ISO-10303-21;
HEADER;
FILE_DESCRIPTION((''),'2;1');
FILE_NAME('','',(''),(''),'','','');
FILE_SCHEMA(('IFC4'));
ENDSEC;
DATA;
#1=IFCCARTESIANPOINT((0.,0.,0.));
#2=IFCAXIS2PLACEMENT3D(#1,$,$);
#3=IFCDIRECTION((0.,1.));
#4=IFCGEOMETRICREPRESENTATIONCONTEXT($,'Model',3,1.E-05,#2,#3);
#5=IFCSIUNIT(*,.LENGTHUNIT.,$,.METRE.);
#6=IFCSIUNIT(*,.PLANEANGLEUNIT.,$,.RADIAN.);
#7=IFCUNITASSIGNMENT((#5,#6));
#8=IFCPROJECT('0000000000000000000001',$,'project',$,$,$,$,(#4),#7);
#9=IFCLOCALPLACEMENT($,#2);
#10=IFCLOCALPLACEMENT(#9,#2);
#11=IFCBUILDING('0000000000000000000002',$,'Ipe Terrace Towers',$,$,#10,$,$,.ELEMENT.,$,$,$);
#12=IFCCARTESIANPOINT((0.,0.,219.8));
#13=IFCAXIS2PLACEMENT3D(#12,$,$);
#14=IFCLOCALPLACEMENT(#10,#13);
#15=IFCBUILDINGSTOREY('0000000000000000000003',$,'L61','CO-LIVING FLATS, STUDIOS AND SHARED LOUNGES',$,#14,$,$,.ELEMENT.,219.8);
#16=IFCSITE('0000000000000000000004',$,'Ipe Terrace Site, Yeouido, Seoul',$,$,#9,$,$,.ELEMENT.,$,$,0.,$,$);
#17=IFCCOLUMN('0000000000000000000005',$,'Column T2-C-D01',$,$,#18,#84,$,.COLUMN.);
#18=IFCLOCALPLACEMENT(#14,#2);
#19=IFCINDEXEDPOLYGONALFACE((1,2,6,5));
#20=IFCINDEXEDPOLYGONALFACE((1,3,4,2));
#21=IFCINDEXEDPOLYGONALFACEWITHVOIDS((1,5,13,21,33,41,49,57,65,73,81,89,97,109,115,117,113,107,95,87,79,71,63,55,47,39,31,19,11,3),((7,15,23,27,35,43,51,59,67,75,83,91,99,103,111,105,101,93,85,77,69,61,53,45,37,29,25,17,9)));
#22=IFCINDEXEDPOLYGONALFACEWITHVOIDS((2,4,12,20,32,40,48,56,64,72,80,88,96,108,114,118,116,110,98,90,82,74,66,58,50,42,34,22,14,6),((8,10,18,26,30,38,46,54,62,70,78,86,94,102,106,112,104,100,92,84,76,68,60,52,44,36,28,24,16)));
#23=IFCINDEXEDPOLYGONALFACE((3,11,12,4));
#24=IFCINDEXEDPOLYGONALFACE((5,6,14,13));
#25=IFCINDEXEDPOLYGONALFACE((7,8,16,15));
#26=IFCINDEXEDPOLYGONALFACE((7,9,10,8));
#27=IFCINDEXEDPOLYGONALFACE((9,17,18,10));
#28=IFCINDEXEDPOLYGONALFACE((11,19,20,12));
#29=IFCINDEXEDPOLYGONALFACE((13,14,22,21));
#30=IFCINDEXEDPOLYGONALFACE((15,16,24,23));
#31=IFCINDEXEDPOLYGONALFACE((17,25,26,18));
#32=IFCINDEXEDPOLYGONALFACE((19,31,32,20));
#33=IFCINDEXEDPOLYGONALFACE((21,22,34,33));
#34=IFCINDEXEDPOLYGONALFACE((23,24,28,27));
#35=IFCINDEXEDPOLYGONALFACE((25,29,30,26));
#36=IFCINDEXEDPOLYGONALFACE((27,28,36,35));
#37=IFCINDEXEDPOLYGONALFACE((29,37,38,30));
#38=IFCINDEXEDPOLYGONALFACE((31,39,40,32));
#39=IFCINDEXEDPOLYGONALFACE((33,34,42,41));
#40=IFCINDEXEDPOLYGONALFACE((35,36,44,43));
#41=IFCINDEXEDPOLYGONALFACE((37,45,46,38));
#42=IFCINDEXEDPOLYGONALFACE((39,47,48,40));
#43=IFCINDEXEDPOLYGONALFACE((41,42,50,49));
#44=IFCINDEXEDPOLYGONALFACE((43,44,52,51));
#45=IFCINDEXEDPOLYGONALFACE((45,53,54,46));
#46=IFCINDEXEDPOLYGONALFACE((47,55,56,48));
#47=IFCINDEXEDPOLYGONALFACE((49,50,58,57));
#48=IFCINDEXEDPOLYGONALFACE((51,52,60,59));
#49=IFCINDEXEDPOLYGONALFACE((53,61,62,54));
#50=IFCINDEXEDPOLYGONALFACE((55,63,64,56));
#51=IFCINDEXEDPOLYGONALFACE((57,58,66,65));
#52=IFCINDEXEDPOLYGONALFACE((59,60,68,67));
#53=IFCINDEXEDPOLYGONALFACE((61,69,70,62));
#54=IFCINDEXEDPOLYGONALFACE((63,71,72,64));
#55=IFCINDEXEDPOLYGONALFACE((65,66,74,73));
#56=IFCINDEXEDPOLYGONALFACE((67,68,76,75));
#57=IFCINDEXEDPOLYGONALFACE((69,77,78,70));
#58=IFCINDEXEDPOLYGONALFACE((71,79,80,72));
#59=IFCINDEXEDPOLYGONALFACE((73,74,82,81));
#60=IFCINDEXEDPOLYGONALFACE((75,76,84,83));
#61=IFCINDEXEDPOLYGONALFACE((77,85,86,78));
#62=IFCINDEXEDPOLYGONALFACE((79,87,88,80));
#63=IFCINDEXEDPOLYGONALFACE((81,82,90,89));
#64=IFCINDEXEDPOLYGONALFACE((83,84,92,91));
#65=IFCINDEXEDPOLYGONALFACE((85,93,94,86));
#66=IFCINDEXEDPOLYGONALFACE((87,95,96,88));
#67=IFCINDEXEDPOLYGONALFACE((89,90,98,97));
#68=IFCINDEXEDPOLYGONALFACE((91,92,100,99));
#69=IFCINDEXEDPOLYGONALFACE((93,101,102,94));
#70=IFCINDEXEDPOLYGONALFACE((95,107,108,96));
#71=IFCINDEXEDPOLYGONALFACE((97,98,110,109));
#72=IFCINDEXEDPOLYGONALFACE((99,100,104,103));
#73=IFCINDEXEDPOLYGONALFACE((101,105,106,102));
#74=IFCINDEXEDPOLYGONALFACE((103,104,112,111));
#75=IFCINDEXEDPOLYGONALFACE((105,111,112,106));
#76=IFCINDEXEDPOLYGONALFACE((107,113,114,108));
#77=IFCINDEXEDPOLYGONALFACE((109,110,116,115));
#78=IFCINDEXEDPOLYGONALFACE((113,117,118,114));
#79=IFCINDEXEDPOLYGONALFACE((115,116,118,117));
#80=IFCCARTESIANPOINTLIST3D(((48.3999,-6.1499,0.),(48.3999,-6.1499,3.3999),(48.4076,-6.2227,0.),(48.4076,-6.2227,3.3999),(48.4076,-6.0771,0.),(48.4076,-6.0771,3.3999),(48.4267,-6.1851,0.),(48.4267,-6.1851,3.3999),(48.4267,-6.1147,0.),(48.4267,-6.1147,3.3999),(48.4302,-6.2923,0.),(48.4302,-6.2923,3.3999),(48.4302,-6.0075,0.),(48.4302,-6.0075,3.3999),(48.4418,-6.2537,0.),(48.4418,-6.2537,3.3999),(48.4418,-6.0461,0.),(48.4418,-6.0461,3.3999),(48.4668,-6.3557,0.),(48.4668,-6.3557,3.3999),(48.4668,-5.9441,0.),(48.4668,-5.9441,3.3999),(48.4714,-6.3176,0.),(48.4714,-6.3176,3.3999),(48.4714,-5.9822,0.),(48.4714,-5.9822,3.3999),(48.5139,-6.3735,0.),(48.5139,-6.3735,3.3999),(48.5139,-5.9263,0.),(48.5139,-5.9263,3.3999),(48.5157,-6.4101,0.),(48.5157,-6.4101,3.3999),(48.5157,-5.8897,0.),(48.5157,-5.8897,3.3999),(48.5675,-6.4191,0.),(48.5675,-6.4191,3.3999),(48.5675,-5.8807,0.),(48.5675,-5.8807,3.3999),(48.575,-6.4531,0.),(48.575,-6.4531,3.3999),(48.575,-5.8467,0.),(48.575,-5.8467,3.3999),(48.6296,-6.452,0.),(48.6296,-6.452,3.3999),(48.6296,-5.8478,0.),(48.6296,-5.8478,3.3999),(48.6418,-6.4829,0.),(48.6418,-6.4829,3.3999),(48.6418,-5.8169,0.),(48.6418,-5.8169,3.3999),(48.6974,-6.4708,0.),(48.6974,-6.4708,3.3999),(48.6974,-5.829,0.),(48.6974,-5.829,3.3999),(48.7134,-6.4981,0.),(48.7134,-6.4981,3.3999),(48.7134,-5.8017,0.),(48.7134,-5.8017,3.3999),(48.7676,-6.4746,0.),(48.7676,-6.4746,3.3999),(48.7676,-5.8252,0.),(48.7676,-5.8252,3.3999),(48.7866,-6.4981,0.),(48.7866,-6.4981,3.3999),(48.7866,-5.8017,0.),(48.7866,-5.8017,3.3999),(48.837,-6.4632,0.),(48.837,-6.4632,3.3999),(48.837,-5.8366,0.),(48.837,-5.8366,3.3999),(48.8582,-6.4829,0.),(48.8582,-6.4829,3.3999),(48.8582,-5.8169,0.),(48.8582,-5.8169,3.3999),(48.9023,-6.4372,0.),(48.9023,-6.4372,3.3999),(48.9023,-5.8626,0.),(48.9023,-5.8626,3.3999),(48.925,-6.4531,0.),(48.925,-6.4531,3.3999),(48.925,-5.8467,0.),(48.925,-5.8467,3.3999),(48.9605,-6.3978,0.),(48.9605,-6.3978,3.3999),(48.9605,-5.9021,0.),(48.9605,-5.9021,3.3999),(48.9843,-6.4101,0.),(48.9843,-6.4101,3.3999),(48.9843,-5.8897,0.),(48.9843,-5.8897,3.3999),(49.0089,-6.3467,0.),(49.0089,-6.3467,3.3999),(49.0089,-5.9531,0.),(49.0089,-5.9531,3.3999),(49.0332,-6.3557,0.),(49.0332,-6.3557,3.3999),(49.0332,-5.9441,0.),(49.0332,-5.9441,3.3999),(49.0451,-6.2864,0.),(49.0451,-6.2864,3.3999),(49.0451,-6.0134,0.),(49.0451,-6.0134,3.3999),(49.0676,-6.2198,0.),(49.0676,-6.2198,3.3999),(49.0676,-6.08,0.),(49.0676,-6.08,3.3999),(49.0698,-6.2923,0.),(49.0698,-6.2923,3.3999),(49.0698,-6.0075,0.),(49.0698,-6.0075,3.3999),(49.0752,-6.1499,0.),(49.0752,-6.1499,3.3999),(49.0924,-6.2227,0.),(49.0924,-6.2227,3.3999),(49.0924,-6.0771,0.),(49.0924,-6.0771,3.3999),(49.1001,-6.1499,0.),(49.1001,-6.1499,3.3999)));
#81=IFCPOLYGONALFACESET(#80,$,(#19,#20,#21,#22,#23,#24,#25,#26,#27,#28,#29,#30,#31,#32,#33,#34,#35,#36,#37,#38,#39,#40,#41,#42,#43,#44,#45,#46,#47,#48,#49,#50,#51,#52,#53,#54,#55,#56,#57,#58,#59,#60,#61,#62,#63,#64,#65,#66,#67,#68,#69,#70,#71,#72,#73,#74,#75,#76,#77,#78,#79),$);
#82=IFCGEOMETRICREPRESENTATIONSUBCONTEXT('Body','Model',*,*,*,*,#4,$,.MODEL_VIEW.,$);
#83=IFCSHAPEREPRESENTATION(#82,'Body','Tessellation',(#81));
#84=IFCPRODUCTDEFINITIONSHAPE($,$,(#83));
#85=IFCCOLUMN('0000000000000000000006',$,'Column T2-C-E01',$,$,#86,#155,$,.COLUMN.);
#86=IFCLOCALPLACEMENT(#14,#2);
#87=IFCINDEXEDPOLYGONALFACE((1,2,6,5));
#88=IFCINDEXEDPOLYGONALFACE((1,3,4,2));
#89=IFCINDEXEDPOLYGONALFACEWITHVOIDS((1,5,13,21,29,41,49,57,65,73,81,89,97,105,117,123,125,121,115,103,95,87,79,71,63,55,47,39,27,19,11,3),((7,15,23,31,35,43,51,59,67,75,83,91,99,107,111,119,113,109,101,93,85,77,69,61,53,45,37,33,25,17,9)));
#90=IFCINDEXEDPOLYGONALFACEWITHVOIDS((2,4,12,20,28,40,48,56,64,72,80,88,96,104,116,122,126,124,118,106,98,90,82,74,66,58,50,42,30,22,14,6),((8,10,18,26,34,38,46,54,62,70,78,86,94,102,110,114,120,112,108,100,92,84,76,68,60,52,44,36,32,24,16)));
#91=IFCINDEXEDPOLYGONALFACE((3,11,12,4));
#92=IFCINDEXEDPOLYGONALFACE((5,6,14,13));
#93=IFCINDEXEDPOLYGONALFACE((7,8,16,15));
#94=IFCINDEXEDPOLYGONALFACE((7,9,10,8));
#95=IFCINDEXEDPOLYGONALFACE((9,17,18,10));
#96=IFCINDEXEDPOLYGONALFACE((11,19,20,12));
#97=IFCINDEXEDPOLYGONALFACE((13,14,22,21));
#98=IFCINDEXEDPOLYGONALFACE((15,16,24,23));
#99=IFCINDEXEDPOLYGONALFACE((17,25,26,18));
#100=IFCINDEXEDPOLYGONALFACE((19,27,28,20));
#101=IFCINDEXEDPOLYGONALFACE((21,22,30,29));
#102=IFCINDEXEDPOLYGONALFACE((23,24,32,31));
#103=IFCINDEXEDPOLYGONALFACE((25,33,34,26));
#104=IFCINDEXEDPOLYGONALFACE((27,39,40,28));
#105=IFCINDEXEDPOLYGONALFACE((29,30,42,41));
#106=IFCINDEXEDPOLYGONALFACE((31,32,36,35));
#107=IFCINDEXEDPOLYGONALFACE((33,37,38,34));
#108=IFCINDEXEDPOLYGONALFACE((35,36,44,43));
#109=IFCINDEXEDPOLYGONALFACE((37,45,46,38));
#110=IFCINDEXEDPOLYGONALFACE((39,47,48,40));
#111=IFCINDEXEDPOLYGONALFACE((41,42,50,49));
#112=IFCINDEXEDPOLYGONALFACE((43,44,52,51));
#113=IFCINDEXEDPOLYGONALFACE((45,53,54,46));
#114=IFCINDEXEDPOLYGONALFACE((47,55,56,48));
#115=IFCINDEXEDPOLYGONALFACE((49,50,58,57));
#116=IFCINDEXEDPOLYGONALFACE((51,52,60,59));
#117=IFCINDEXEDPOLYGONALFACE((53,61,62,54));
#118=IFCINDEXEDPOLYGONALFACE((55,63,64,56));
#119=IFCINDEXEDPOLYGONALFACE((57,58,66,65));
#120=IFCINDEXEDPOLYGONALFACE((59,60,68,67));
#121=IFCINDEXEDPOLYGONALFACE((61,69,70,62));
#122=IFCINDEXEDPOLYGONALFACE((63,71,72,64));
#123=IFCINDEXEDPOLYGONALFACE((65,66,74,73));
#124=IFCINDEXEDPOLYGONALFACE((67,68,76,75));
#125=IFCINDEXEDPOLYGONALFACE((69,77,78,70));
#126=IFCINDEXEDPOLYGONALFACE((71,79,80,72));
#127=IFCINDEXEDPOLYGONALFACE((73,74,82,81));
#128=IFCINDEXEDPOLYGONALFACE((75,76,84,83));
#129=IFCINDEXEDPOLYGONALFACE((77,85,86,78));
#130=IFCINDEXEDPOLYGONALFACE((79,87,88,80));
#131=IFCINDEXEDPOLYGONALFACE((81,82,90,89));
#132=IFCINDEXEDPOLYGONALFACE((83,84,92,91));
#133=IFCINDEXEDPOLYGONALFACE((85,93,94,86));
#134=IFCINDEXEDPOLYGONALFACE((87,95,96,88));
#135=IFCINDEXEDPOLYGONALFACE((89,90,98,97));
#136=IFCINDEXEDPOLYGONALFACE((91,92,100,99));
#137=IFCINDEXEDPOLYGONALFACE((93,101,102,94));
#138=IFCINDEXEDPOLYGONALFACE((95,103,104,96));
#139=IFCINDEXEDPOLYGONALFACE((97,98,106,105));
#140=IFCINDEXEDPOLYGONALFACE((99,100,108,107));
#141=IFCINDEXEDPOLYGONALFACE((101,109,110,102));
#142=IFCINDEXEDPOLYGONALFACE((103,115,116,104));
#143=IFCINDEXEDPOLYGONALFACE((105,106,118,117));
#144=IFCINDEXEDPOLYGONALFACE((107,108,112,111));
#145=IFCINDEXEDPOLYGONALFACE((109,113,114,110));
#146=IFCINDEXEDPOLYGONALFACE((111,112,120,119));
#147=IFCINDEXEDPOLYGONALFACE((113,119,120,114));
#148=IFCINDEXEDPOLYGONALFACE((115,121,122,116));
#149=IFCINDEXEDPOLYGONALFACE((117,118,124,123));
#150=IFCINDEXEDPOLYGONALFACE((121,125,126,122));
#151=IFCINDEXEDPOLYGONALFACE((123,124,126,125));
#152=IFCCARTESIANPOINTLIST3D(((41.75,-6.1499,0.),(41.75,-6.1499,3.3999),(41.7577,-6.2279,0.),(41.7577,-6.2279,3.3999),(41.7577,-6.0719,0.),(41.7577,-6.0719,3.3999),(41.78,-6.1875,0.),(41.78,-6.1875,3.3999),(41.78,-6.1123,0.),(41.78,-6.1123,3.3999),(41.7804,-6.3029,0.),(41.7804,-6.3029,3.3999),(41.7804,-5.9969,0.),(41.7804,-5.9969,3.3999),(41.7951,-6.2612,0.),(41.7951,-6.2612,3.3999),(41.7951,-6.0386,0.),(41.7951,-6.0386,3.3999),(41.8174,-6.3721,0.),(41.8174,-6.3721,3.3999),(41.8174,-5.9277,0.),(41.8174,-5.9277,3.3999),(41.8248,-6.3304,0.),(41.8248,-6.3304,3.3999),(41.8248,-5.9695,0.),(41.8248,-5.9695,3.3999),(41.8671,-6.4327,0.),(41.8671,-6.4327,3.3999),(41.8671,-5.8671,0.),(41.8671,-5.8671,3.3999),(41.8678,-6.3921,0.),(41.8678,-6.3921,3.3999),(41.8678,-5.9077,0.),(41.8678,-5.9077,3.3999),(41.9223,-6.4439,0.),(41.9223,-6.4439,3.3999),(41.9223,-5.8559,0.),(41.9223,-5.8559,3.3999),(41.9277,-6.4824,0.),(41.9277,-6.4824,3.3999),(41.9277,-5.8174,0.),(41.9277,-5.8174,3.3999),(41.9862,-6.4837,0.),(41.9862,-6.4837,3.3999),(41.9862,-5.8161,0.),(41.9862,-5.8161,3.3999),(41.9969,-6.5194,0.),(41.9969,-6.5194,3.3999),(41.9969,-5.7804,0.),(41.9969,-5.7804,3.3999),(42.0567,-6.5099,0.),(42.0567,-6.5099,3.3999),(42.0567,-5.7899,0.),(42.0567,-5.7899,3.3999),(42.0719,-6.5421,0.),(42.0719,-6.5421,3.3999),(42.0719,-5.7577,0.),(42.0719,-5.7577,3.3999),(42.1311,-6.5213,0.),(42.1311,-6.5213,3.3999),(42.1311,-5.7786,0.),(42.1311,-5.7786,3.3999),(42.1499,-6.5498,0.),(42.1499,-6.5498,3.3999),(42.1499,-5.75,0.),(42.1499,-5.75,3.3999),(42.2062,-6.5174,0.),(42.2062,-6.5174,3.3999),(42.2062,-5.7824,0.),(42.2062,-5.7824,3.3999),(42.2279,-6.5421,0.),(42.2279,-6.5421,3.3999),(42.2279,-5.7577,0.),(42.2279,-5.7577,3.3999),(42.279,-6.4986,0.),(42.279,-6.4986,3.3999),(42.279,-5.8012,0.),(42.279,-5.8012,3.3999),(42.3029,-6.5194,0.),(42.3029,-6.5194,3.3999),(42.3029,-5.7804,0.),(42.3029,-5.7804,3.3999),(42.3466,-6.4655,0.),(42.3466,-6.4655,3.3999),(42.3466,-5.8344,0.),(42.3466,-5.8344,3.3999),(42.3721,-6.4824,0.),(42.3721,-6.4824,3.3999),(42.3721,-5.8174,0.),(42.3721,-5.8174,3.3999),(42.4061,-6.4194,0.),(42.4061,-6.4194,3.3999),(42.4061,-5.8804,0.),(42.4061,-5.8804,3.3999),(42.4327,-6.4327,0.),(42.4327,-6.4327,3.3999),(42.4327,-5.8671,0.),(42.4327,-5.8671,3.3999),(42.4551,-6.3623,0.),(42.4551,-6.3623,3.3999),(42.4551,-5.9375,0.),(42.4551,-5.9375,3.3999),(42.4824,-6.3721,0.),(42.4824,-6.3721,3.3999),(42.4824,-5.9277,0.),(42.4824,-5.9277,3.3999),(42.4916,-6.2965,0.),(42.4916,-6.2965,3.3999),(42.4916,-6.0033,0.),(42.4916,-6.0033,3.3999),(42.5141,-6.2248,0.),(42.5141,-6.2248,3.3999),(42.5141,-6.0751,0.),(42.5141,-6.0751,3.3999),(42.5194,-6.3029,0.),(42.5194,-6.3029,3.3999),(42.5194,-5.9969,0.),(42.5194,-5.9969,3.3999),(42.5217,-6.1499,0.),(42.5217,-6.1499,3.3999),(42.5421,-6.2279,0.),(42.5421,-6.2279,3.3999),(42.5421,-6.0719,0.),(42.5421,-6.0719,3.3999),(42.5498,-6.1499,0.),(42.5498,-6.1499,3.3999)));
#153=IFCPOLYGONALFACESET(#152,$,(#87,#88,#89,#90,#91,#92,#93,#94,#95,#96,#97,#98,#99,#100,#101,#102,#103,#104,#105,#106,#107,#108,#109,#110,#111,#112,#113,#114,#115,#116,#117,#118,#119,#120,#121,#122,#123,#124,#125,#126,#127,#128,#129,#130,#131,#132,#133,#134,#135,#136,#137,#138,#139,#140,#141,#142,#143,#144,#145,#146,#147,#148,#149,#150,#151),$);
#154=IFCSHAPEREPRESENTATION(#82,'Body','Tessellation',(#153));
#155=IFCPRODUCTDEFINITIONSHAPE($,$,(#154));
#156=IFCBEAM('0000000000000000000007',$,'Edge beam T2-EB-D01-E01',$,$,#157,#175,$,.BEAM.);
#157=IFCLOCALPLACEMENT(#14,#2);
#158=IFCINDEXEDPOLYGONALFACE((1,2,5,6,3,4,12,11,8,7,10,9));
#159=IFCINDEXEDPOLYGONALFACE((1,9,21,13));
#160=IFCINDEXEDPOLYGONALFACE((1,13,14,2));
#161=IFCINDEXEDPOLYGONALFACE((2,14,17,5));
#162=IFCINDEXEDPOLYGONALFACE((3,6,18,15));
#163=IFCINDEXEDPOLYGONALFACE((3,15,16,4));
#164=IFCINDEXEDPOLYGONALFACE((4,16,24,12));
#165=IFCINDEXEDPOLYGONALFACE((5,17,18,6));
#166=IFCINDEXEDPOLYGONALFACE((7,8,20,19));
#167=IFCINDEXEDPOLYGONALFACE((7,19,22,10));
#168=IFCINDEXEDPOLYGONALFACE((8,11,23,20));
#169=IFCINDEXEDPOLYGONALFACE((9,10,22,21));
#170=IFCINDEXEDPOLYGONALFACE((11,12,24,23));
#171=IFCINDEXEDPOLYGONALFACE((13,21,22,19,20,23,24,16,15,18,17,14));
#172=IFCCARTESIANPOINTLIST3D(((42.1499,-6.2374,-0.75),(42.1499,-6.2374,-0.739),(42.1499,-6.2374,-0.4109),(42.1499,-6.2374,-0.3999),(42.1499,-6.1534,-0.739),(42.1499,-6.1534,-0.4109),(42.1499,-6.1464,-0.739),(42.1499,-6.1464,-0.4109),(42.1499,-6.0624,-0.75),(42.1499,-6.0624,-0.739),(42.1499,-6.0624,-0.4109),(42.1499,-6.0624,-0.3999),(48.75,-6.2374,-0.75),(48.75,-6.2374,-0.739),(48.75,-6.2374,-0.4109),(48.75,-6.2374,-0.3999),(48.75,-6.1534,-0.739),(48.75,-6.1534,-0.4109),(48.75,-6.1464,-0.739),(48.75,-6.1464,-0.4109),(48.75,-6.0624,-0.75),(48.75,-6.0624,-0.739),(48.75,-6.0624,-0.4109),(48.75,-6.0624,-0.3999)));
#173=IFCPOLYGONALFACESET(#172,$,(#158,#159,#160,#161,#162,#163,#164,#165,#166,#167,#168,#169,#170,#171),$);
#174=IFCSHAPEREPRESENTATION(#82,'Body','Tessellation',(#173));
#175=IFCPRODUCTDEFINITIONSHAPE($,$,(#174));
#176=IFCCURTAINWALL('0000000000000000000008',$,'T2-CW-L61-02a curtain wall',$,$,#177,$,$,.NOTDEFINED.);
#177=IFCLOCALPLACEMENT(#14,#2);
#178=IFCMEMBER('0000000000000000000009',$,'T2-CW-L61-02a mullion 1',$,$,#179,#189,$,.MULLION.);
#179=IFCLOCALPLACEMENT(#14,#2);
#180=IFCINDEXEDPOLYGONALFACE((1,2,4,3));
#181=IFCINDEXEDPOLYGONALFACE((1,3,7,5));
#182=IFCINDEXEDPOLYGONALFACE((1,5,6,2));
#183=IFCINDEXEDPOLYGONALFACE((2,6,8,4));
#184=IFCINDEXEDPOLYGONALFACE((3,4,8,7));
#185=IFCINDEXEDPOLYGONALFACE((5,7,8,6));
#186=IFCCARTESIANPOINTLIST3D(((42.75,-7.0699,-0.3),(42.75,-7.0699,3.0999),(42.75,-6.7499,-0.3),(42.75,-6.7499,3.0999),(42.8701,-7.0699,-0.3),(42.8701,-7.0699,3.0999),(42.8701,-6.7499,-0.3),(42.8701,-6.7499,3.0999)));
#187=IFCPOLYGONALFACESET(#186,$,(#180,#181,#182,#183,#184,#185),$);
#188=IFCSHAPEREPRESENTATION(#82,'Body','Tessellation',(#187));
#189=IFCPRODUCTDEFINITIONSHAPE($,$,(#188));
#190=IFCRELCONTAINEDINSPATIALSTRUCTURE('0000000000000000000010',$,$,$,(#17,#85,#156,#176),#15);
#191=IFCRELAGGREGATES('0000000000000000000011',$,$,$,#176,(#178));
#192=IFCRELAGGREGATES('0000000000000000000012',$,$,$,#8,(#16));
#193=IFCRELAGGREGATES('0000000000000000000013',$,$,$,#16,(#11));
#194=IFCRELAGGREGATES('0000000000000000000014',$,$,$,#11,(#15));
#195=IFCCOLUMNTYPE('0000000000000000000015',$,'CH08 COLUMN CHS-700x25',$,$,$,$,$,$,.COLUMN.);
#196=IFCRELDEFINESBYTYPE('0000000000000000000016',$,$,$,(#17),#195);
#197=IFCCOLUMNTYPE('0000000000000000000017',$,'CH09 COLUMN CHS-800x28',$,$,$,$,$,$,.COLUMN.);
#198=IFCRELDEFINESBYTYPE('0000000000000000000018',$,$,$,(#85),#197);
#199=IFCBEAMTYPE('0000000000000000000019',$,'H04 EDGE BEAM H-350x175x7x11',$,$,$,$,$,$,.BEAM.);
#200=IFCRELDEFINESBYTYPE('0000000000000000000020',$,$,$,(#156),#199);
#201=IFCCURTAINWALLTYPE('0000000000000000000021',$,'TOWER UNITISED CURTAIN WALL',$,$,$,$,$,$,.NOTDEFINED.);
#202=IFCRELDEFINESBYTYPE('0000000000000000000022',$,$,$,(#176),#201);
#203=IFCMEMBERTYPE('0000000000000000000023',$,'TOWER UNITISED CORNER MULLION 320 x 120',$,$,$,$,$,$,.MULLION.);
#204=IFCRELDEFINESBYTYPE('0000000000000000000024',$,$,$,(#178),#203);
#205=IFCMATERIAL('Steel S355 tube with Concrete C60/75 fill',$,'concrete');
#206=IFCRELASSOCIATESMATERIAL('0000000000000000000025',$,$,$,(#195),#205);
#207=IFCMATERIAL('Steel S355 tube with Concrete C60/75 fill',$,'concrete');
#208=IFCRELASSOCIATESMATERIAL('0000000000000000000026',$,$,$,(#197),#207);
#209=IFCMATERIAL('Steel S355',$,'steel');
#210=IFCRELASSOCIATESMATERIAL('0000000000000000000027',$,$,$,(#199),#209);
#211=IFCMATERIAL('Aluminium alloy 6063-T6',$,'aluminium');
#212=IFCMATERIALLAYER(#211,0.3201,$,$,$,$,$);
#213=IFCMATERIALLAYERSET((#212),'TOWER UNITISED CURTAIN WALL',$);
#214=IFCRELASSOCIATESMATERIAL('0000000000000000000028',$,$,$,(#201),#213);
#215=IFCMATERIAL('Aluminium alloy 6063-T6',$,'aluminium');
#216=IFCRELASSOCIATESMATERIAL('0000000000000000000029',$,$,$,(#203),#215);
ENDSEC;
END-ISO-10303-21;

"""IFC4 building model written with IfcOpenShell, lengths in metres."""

from ifc_helpers import new_model, si_unit, direction, frame, origin, origin_2d, place, context, subcontext, project, spatial, rectangle, hollow_circle, i_section, extrude, material, layer, layer_set, material_profile, profile_set, type_object, element, aggregate, save


model = new_model("IFC4")

# Units and contexts
model_context = context("Model", 3, precision=1e-05, world=origin(), true_north=direction((0.0, 1.0)))
body_context = subcontext(model_context, "Body", "Model", "MODEL_VIEW")
ifc_project = project(units=[si_unit("LENGTHUNIT", "METRE"), si_unit("PLANEANGLEUNIT", "RADIAN")], contexts=[model_context])

# Site, building, storey
site_placement = place(None, origin())
site = spatial("IfcSite", under=ifc_project, at=site_placement, Name="Ipe Terrace Site, Yeouido, Seoul", CompositionType="ELEMENT", RefElevation=0.0)
building_placement = place(site_placement, origin())
building = spatial("IfcBuilding", under=site, at=building_placement, Name="Ipe Terrace Towers", CompositionType="ELEMENT")
storey_placement = place(building_placement, frame((0.0, 0.0, 219.8)))
storey = spatial("IfcBuildingStorey", under=building, at=storey_placement, Name="L61", Description="CO-LIVING FLATS, STUDIOS AND SHARED LOUNGES", CompositionType="ELEMENT", Elevation=219.8)

# Columns
ifc_material_1 = material(Name="Steel S355 tube with Concrete C60/75 fill", Category="concrete")
ifc_material_profile_1 = material_profile(ifc_material_1, hollow_circle(Radius=0.3501, WallThickness=0.0249, at=origin_2d()), Name="CHS-700x25")
ifc_profile_set_1 = profile_set([ifc_material_profile_1], Name="Steel S355 tube with Concrete C60/75 fill")
column_type_1 = type_object("IfcColumnType", Name="CH08 COLUMN CHS-700x25", PredefinedType="COLUMN", material=ifc_profile_set_1)
column_1_placement = place(storey_placement, frame((48.75, -6.1499, 0.0), z_axis=(0.0, 0.0, 1.0), x_axis=(1.0, 0.0, 0.0)))
element("IfcColumn", 1, at=column_1_placement, inside=storey, type_object=column_type_1, Name="Column T2-C-D01", PredefinedType="COLUMN", context=body_context, shape_type="SweptSolid", body=[
    extrude(hollow_circle(Radius=0.3501, WallThickness=0.0249, at=origin_2d()), origin(), (0.0, 0.0, 1.0), 3.3999),
])
ifc_material_2 = material(Name="Steel S355 tube with Concrete C60/75 fill", Category="concrete")
ifc_material_profile_2 = material_profile(ifc_material_2, hollow_circle(Radius=0.3999, WallThickness=0.0281, at=origin_2d()), Name="CHS-800x28")
ifc_profile_set_2 = profile_set([ifc_material_profile_2], Name="Steel S355 tube with Concrete C60/75 fill")
column_type_2 = type_object("IfcColumnType", Name="CH09 COLUMN CHS-800x28", PredefinedType="COLUMN", material=ifc_profile_set_2)
column_2_placement = place(storey_placement, frame((42.1499, -6.1499, 0.0), z_axis=(0.0, 0.0, 1.0), x_axis=(1.0, 0.0, 0.0)))
element("IfcColumn", 2, at=column_2_placement, inside=storey, type_object=column_type_2, Name="Column T2-C-E01", PredefinedType="COLUMN", context=body_context, shape_type="SweptSolid", body=[
    extrude(hollow_circle(Radius=0.3999, WallThickness=0.0281, at=origin_2d()), origin(), (0.0, 0.0, 1.0), 3.3999),
])

# Beam
ifc_material_3 = material(Name="Steel S355", Category="steel")
ifc_material_profile_3 = material_profile(ifc_material_3, i_section(OverallWidth=0.175, OverallDepth=0.3501, WebThickness=0.0071, FlangeThickness=0.011, at=origin_2d()), Name="H-350x175x7x11")
ifc_profile_set_3 = profile_set([ifc_material_profile_3], Name="Steel S355")
beam_type = type_object("IfcBeamType", Name="H04 EDGE BEAM H-350x175x7x11", PredefinedType="BEAM", material=ifc_profile_set_3)
beam_placement = place(storey_placement, frame((48.75, -6.1499, -0.575), z_axis=(-1.0, 0.0, 0.0), x_axis=(0.0, -1.0, 0.0)))
element("IfcBeam", 3, at=beam_placement, inside=storey, type_object=beam_type, Name="Edge beam T2-EB-D01-E01", PredefinedType="BEAM", context=body_context, shape_type="SweptSolid", body=[
    extrude(i_section(OverallWidth=0.175, OverallDepth=0.3501, WebThickness=0.0071, FlangeThickness=0.011, at=origin_2d()), origin(), (0.0, 0.0, 1.0), 6.6001),
])

# Curtain wall, member
ifc_material_4 = material(Name="Aluminium alloy 6063-T6", Category="aluminium")
ifc_layer_1 = layer(ifc_material_4, 0.3201)
ifc_layer_set_1 = layer_set([ifc_layer_1], Name="TOWER UNITISED CURTAIN WALL")
curtain_wall_type = type_object("IfcCurtainWallType", Name="TOWER UNITISED CURTAIN WALL", PredefinedType="NOTDEFINED", material=ifc_layer_set_1)
curtain_wall_1_placement = place(storey_placement, origin())
curtain_wall_1 = element("IfcCurtainWall", 4, at=curtain_wall_1_placement, inside=storey, type_object=curtain_wall_type, Name="T2-CW-L61-02a curtain wall", PredefinedType="NOTDEFINED")
ifc_material_5 = material(Name="Aluminium alloy 6063-T6", Category="aluminium")
ifc_material_profile_4 = material_profile(ifc_material_5, rectangle(XDim=0.3201, YDim=0.1201, at=origin_2d()), Name="TOWER UNITISED CORNER MULLION 320 x 120")
ifc_profile_set_4 = profile_set([ifc_material_profile_4], Name="Aluminium alloy 6063-T6")
member_type = type_object("IfcMemberType", Name="TOWER UNITISED CORNER MULLION 320 x 120", PredefinedType="MULLION", material=ifc_profile_set_4)
member_1_placement = place(storey_placement, frame((42.8101, -6.9099, -0.3), z_axis=(0.0, 0.0, 1.0), x_axis=(0.0, -1.0, 0.0)))
member_1 = element("IfcMember", 5, at=member_1_placement, type_object=member_type, Name="T2-CW-L61-02a mullion 1", PredefinedType="MULLION", context=body_context, shape_type="SweptSolid", body=[
    extrude(rectangle(XDim=0.3201, YDim=0.1201, at=origin_2d()), origin(), (0.0, 0.0, 1.0), 3.3999),
])

aggregate(curtain_wall_1, [member_1])

save(model, "model.ifc")
